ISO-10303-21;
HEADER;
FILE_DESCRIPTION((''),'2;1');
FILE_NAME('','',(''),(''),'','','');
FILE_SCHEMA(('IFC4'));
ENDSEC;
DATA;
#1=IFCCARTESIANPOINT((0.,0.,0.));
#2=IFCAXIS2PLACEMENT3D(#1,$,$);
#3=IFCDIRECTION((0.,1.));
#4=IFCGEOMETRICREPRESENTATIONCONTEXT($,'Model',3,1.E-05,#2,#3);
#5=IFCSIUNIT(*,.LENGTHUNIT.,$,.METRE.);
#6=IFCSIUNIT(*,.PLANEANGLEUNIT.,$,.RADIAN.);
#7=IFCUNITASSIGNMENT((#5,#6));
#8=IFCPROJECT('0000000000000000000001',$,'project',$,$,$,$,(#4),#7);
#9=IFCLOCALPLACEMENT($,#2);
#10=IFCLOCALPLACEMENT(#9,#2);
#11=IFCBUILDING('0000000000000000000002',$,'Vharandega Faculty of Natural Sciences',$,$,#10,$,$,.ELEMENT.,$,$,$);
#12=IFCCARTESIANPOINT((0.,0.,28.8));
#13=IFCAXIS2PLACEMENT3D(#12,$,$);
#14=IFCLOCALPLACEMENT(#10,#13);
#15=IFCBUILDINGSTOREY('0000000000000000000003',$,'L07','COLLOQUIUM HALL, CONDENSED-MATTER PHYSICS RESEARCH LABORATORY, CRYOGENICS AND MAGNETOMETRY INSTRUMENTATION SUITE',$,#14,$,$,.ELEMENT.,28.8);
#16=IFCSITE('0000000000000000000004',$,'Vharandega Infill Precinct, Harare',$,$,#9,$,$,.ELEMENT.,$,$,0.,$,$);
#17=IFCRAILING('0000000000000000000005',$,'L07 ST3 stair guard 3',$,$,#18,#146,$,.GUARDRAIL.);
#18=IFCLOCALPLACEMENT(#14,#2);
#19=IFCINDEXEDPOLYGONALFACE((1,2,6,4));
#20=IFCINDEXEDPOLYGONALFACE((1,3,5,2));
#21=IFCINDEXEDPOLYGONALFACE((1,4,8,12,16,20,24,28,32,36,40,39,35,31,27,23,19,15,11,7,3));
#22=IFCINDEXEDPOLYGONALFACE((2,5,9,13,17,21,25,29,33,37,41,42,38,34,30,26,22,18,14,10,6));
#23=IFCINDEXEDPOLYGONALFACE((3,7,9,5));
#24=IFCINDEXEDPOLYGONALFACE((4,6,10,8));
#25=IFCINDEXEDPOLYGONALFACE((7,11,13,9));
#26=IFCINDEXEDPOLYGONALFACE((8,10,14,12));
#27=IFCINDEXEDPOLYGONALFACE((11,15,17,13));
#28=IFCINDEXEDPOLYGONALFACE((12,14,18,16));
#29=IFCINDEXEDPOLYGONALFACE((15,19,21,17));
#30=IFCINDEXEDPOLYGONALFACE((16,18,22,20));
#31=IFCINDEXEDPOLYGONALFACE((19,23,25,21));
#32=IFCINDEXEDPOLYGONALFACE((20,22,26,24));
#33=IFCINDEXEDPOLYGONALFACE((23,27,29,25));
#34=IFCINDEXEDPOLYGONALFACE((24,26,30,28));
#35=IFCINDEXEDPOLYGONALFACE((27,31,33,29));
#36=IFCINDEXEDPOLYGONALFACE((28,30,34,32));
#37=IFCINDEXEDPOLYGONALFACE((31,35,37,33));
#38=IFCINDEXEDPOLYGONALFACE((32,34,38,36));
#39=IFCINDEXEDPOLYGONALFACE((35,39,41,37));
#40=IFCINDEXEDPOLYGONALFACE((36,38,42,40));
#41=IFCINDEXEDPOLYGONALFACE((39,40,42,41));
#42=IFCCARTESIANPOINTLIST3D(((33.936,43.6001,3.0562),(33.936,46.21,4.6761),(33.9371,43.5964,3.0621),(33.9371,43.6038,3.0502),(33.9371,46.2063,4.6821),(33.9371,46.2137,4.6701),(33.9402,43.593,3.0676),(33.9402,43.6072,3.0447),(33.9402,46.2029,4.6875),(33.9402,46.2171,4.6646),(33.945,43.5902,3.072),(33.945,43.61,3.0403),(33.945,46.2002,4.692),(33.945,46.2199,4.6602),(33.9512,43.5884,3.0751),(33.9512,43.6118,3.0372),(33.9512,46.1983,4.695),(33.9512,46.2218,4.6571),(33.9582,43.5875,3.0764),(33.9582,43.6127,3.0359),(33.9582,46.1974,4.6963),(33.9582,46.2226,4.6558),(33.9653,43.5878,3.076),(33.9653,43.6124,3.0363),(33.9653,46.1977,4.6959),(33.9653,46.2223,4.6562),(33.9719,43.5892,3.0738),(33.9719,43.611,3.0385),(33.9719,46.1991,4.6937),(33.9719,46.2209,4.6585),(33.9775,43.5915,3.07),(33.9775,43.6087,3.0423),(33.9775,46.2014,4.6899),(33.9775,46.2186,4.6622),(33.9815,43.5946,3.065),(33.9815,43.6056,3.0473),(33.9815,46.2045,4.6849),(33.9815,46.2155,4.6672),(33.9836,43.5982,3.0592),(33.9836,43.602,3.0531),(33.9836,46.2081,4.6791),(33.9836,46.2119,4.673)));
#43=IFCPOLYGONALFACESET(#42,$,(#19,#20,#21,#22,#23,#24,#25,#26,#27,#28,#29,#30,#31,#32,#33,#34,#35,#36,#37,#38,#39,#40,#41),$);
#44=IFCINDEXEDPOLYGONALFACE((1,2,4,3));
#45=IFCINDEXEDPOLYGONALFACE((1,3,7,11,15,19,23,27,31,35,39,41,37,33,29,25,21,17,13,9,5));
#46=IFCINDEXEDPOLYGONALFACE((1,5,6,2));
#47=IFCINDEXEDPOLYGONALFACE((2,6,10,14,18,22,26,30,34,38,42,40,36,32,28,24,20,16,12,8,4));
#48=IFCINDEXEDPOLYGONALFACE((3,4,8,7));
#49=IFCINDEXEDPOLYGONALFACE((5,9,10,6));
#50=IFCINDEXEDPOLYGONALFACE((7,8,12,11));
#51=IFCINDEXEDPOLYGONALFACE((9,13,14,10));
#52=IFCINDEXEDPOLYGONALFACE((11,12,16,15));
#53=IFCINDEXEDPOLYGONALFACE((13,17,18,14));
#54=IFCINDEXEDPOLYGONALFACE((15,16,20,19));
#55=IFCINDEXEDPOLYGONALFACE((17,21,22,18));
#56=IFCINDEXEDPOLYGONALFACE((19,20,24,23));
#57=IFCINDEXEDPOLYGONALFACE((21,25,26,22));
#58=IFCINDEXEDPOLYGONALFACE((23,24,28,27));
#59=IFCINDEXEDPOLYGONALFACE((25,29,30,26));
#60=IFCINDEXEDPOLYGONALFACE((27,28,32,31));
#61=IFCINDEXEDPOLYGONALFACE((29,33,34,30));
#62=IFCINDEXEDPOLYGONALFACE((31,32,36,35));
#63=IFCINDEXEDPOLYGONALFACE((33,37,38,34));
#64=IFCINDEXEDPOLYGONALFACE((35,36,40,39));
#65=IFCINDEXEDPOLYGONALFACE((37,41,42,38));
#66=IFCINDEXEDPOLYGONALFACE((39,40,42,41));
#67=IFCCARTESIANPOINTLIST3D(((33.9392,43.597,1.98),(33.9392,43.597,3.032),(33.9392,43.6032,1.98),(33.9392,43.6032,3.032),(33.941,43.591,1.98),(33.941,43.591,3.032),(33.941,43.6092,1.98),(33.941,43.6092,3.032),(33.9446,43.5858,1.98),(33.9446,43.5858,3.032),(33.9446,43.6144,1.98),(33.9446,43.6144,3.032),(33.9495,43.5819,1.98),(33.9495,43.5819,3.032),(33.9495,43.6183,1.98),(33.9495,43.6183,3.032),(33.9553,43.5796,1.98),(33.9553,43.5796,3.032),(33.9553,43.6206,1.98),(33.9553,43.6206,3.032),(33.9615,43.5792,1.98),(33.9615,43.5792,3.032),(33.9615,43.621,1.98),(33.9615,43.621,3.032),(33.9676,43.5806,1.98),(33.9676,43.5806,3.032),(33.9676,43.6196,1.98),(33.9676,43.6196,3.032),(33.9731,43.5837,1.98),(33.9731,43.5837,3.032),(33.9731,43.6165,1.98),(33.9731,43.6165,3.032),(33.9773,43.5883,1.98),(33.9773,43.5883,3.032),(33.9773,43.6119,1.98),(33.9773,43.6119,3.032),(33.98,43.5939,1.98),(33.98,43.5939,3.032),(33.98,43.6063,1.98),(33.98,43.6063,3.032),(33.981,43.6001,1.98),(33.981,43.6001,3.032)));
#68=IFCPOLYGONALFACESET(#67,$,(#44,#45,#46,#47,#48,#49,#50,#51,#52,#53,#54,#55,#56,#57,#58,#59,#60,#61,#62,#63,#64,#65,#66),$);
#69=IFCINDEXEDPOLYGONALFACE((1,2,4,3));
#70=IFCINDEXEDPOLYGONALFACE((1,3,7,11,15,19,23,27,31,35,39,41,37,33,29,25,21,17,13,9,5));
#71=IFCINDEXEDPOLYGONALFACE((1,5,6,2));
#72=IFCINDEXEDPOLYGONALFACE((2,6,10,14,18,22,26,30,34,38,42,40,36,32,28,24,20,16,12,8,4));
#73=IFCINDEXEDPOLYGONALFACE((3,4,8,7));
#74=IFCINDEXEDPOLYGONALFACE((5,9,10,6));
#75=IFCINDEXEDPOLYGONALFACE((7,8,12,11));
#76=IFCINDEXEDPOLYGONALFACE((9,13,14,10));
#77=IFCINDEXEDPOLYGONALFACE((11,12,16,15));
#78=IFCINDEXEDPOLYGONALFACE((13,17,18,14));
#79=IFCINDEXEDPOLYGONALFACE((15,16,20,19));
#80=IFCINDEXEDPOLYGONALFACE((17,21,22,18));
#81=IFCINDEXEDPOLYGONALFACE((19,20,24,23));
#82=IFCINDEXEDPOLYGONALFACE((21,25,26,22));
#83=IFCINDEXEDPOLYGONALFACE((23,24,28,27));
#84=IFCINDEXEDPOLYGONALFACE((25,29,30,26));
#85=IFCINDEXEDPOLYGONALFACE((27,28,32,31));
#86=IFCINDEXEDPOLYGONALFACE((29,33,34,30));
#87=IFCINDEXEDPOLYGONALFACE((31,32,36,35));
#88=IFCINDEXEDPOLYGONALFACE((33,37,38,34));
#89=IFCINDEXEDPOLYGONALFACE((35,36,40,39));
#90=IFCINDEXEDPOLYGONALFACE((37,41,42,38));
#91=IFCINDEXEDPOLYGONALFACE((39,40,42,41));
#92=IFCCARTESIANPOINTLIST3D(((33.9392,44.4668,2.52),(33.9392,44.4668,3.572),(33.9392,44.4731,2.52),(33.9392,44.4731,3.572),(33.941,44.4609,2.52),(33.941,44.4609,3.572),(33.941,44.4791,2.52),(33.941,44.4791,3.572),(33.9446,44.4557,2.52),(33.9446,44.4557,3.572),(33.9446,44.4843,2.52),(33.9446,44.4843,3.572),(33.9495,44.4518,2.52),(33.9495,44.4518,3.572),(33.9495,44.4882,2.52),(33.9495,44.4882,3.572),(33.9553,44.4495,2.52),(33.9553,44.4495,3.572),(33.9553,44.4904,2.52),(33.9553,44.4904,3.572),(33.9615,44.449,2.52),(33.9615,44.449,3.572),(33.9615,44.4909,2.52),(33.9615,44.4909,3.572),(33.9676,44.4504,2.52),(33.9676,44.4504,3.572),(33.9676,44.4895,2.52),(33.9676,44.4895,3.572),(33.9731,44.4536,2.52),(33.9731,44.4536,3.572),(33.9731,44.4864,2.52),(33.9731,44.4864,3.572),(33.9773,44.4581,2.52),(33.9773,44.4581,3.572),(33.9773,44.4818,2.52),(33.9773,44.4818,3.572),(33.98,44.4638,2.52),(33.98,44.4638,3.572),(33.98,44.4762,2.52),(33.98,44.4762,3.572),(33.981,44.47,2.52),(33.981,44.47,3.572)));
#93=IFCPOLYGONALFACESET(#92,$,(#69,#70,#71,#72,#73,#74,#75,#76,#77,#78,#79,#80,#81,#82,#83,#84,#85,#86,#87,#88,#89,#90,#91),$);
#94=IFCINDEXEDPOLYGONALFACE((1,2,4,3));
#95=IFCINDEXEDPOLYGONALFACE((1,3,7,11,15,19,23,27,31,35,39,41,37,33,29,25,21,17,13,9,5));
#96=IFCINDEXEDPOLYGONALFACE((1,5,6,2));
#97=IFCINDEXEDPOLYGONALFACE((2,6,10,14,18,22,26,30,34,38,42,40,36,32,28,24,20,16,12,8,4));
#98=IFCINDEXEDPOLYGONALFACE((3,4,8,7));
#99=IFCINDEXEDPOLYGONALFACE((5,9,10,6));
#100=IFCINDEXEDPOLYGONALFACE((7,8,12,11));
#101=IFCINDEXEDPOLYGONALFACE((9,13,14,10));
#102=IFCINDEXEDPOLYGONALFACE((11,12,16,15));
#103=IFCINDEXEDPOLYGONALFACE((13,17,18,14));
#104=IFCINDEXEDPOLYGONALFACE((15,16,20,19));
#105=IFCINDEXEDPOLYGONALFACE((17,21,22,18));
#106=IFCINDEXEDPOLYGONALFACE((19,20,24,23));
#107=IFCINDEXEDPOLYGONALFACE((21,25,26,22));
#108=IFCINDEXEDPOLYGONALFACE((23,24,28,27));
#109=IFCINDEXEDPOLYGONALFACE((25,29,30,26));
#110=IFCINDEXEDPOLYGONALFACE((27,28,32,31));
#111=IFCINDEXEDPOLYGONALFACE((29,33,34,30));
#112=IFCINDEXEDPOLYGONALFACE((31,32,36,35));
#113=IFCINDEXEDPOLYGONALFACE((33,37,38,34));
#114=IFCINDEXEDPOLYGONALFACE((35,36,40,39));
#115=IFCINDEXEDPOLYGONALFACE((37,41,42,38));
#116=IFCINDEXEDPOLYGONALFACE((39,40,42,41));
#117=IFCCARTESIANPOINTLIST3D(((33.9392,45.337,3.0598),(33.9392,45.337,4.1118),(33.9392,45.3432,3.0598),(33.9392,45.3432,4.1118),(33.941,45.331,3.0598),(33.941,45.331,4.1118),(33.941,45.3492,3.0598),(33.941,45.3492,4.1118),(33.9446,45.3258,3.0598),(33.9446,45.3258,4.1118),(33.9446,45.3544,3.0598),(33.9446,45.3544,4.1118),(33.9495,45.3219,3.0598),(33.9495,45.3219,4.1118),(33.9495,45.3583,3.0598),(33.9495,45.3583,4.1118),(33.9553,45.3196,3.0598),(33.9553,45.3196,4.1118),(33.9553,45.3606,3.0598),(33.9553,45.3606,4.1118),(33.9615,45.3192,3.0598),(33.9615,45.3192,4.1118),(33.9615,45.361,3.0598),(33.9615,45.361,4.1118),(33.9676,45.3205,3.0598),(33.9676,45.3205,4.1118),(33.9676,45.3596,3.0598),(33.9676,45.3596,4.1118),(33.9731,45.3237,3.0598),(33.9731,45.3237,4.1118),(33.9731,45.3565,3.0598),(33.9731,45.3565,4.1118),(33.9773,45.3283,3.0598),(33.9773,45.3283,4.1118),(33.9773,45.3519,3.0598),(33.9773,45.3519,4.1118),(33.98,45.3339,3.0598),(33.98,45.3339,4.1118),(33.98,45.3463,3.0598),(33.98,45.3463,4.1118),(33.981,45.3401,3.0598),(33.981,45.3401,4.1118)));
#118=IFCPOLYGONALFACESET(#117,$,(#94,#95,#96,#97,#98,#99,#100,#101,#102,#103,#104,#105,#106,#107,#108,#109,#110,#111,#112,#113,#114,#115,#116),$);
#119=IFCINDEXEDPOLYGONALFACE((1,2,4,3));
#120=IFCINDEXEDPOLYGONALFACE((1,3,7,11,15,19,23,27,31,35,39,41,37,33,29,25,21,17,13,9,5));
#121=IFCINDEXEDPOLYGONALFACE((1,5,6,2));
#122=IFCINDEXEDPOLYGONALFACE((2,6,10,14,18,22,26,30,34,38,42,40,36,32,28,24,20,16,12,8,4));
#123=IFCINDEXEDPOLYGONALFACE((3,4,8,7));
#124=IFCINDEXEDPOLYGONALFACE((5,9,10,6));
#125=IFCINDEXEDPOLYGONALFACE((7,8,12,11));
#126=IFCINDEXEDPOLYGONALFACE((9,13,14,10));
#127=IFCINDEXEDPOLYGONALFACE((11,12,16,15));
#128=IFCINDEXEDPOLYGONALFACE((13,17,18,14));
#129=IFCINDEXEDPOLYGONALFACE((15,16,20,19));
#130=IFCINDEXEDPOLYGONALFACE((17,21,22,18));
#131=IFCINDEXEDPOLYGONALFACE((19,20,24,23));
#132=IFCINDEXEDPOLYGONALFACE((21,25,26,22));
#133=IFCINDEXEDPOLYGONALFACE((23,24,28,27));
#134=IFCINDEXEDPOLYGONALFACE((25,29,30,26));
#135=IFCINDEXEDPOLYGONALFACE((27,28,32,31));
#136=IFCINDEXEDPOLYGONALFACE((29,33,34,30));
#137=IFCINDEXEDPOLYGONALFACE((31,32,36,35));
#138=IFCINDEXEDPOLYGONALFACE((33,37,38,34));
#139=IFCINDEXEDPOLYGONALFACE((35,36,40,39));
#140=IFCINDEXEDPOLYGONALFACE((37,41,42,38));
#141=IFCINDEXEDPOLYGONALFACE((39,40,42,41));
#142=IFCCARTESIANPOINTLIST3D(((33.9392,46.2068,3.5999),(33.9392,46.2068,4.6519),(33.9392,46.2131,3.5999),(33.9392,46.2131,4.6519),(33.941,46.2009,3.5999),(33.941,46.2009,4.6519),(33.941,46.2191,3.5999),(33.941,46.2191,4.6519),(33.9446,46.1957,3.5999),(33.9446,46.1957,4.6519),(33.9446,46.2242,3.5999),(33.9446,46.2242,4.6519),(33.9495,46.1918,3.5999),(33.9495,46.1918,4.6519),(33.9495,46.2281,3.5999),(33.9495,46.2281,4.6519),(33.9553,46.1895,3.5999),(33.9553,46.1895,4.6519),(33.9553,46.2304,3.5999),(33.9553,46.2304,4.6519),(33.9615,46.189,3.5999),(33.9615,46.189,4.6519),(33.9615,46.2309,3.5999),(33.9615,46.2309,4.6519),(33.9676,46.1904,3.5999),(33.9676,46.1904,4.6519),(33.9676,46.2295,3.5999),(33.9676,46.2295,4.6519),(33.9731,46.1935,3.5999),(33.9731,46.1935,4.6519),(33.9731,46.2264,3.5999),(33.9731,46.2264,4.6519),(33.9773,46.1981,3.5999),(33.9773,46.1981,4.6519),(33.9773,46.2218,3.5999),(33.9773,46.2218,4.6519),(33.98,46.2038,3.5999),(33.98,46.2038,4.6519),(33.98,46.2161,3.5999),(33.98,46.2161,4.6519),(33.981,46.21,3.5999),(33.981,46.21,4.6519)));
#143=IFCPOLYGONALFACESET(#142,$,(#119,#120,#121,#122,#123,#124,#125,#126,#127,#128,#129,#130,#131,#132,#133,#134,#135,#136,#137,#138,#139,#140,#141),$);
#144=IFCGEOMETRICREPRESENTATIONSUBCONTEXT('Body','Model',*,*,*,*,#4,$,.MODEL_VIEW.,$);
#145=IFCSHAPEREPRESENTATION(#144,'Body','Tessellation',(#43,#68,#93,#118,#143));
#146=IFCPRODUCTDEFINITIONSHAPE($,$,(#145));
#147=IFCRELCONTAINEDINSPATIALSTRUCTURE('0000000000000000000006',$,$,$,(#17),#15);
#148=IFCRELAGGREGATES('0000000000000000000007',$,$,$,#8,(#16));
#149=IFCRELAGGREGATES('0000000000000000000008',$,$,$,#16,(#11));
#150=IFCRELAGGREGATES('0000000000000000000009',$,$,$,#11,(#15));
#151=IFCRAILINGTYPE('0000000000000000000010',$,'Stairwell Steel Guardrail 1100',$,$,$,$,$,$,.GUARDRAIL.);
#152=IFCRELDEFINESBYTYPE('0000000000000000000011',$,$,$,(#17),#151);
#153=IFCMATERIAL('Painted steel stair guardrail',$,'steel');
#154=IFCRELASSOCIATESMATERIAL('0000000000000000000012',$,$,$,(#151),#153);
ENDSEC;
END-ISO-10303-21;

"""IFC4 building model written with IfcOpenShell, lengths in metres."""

from ifc_helpers import new_model, si_unit, direction, frame, origin, origin_2d, place, context, subcontext, project, spatial, circle, extrude, material, type_object, element, save


model = new_model("IFC4")

# Units and contexts
model_context = context("Model", 3, precision=1e-05, world=origin(), true_north=direction((0.0, 1.0)))
body_context = subcontext(model_context, "Body", "Model", "MODEL_VIEW")
ifc_project = project(units=[si_unit("LENGTHUNIT", "METRE"), si_unit("PLANEANGLEUNIT", "RADIAN")], contexts=[model_context])

# Site, building, storey
site_placement = place(None, origin())
site = spatial("IfcSite", under=ifc_project, at=site_placement, Name="Vharandega Infill Precinct, Harare", CompositionType="ELEMENT", RefElevation=0.0)
building_placement = place(site_placement, origin())
building = spatial("IfcBuilding", under=site, at=building_placement, Name="Vharandega Faculty of Natural Sciences", CompositionType="ELEMENT")
storey_placement = place(building_placement, frame((0.0, 0.0, 28.8)))
storey = spatial("IfcBuildingStorey", under=building, at=storey_placement, Name="L07", Description="COLLOQUIUM HALL, CONDENSED-MATTER PHYSICS RESEARCH LABORATORY, CRYOGENICS AND MAGNETOMETRY INSTRUMENTATION SUITE", CompositionType="ELEMENT", Elevation=28.8)

# Railing
ifc_material_1 = material(Name="Painted steel stair guardrail", Category="steel")
railing_type_1 = type_object("IfcRailingType", Name="Stairwell Steel Guardrail 1100", PredefinedType="GUARDRAIL", material=ifc_material_1)
railing_1_placement = place(storey_placement, frame((33.96, 43.6001, 1.98)))
element("IfcRailing", 1, at=railing_1_placement, inside=storey, type_object=railing_type_1, Name="L07 ST3 stair guard 3", PredefinedType="GUARDRAIL", context=body_context, shape_type="SweptSolid", body=[
    extrude(circle(Radius=0.0239, at=origin_2d()), frame((0.0, 0.0, 1.0762), z_axis=(0.0, 0.849646, 0.527353), x_axis=(-1.0, 0.0, 0.0)), (0.0, 0.0, 1.0), 3.0718),
    extrude(circle(Radius=0.021, at=origin_2d()), origin(), (0.0, 0.0, 1.0), 1.052),
    extrude(circle(Radius=0.021, at=origin_2d()), frame((0.0, 0.8699, 0.54)), (0.0, 0.0, 1.0), 1.052),
    extrude(circle(Radius=0.021, at=origin_2d()), frame((0.0, 1.74, 1.0798)), (0.0, 0.0, 1.0), 1.052),
    extrude(circle(Radius=0.021, at=origin_2d()), frame((0.0, 2.6099, 1.6199)), (0.0, 0.0, 1.0), 1.052),
])

save(model, "model.ifc")
